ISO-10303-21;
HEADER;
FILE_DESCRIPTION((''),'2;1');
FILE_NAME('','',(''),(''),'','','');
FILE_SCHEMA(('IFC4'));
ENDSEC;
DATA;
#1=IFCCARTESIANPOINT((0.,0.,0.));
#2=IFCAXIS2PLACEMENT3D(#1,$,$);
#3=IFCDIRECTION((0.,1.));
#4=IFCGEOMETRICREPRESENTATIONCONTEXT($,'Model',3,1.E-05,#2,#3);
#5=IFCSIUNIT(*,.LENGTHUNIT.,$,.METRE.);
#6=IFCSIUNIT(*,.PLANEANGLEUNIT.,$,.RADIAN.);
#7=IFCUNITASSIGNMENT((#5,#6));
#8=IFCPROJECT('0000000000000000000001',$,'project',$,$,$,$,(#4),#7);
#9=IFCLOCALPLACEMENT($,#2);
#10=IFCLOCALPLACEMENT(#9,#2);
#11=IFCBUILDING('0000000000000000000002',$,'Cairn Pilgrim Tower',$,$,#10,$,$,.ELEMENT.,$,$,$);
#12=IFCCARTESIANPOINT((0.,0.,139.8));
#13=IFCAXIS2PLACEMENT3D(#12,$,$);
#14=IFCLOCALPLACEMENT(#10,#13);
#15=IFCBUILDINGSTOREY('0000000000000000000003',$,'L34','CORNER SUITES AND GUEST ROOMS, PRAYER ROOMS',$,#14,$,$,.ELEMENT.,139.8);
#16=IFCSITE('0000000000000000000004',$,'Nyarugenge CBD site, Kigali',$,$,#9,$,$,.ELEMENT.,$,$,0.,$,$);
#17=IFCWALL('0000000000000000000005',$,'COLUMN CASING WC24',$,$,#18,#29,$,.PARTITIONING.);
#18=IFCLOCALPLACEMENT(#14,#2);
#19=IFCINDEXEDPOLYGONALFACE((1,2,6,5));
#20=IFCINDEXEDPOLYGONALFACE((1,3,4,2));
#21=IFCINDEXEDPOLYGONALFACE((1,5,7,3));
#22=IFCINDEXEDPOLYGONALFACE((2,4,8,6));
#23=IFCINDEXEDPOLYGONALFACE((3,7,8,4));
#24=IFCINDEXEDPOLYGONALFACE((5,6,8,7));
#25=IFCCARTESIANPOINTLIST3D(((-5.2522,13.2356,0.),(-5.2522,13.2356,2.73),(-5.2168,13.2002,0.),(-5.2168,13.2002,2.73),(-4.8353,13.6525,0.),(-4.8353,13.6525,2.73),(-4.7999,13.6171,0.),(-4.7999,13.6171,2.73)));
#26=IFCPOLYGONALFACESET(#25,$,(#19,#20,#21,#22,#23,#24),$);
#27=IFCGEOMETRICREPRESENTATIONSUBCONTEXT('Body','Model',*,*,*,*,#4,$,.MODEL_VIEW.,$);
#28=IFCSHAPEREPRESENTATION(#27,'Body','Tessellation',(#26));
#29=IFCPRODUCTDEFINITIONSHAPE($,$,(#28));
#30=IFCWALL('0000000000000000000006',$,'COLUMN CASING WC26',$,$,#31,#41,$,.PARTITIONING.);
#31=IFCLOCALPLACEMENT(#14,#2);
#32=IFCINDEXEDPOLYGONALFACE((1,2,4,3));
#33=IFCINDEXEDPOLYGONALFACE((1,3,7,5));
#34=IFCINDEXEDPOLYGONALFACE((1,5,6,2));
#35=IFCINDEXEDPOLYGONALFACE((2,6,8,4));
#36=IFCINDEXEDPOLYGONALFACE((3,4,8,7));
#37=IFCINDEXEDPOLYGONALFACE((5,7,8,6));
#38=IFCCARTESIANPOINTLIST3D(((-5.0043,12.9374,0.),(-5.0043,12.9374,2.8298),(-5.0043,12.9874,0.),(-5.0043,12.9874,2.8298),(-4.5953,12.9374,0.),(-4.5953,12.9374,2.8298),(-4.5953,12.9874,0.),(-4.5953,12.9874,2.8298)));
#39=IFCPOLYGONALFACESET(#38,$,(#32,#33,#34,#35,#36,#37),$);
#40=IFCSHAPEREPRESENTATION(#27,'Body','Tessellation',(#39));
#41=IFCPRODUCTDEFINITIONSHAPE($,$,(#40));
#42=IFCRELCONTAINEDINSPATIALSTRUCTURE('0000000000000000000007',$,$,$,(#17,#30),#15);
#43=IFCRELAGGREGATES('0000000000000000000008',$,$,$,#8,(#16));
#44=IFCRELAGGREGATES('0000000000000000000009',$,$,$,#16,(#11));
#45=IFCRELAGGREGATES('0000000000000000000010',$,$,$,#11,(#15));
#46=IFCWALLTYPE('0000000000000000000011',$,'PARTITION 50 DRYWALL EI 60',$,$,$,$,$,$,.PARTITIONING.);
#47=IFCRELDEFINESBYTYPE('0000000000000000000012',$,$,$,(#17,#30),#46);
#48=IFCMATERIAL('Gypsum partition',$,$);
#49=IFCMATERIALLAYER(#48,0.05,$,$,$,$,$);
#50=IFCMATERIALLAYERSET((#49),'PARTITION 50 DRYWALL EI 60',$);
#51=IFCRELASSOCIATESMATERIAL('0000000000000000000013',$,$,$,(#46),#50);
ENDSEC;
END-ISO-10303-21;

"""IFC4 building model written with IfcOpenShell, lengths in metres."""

from ifc_helpers import new_model, si_unit, direction, frame, frame_2d, origin, place, context, subcontext, project, spatial, rectangle, extrude, material, layer, layer_set, type_object, element, save


model = new_model("IFC4")

# Units and contexts
model_context = context("Model", 3, precision=1e-05, world=origin(), true_north=direction((0.0, 1.0)))
body_context = subcontext(model_context, "Body", "Model", "MODEL_VIEW")
ifc_project = project(units=[si_unit("LENGTHUNIT", "METRE"), si_unit("PLANEANGLEUNIT", "RADIAN")], contexts=[model_context])

# Site, building, storey
site_placement = place(None, origin())
site = spatial("IfcSite", under=ifc_project, at=site_placement, Name="Nyarugenge CBD site, Kigali", CompositionType="ELEMENT", RefElevation=0.0)
building_placement = place(site_placement, origin())
building = spatial("IfcBuilding", under=site, at=building_placement, Name="Cairn Pilgrim Tower", CompositionType="ELEMENT")
storey_placement = place(building_placement, frame((0.0, 0.0, 139.8)))
storey = spatial("IfcBuildingStorey", under=building, at=storey_placement, Name="L34", Description="CORNER SUITES AND GUEST ROOMS, PRAYER ROOMS", CompositionType="ELEMENT", Elevation=139.8)

# Shared definitions
ifc_material_1 = material(Name="Gypsum partition")

# Walls
ifc_layer_1 = layer(ifc_material_1, 0.05)
ifc_layer_set_1 = layer_set([ifc_layer_1], Name="PARTITION 50 DRYWALL EI 60")
wall_type_1 = type_object("IfcWallType", Name="PARTITION 50 DRYWALL EI 60", PredefinedType="PARTITIONING", material=ifc_layer_set_1)
wall_1_placement = place(storey_placement, frame((-5.2346, 13.2178, 0.0), z_axis=(0.0, 0.0, 1.0), x_axis=(0.707107, 0.707107, 0.0)))
element("IfcWall", 1, at=wall_1_placement, inside=storey, type_object=wall_type_1, Name="COLUMN CASING WC24", PredefinedType="PARTITIONING", context=body_context, shape_type="SweptSolid", body=[
    extrude(rectangle(XDim=0.5896, YDim=0.05, at=frame_2d((0.2949, 0.0))), origin(), (0.0, 0.0, 1.0), 2.73),
])
wall_2_placement = place(storey_placement, frame((-5.0044, 12.9624, 0.0), z_axis=(0.0, 0.0, 1.0), x_axis=(1.0, 0.0, 0.0)))
element("IfcWall", 2, at=wall_2_placement, inside=storey, type_object=wall_type_1, Name="COLUMN CASING WC26", PredefinedType="PARTITIONING", context=body_context, shape_type="SweptSolid", body=[
    extrude(rectangle(XDim=0.4089, YDim=0.05, at=frame_2d((0.2046, 0.0))), origin(), (0.0, 0.0, 1.0), 2.8298),
])

save(model, "model.ifc")
